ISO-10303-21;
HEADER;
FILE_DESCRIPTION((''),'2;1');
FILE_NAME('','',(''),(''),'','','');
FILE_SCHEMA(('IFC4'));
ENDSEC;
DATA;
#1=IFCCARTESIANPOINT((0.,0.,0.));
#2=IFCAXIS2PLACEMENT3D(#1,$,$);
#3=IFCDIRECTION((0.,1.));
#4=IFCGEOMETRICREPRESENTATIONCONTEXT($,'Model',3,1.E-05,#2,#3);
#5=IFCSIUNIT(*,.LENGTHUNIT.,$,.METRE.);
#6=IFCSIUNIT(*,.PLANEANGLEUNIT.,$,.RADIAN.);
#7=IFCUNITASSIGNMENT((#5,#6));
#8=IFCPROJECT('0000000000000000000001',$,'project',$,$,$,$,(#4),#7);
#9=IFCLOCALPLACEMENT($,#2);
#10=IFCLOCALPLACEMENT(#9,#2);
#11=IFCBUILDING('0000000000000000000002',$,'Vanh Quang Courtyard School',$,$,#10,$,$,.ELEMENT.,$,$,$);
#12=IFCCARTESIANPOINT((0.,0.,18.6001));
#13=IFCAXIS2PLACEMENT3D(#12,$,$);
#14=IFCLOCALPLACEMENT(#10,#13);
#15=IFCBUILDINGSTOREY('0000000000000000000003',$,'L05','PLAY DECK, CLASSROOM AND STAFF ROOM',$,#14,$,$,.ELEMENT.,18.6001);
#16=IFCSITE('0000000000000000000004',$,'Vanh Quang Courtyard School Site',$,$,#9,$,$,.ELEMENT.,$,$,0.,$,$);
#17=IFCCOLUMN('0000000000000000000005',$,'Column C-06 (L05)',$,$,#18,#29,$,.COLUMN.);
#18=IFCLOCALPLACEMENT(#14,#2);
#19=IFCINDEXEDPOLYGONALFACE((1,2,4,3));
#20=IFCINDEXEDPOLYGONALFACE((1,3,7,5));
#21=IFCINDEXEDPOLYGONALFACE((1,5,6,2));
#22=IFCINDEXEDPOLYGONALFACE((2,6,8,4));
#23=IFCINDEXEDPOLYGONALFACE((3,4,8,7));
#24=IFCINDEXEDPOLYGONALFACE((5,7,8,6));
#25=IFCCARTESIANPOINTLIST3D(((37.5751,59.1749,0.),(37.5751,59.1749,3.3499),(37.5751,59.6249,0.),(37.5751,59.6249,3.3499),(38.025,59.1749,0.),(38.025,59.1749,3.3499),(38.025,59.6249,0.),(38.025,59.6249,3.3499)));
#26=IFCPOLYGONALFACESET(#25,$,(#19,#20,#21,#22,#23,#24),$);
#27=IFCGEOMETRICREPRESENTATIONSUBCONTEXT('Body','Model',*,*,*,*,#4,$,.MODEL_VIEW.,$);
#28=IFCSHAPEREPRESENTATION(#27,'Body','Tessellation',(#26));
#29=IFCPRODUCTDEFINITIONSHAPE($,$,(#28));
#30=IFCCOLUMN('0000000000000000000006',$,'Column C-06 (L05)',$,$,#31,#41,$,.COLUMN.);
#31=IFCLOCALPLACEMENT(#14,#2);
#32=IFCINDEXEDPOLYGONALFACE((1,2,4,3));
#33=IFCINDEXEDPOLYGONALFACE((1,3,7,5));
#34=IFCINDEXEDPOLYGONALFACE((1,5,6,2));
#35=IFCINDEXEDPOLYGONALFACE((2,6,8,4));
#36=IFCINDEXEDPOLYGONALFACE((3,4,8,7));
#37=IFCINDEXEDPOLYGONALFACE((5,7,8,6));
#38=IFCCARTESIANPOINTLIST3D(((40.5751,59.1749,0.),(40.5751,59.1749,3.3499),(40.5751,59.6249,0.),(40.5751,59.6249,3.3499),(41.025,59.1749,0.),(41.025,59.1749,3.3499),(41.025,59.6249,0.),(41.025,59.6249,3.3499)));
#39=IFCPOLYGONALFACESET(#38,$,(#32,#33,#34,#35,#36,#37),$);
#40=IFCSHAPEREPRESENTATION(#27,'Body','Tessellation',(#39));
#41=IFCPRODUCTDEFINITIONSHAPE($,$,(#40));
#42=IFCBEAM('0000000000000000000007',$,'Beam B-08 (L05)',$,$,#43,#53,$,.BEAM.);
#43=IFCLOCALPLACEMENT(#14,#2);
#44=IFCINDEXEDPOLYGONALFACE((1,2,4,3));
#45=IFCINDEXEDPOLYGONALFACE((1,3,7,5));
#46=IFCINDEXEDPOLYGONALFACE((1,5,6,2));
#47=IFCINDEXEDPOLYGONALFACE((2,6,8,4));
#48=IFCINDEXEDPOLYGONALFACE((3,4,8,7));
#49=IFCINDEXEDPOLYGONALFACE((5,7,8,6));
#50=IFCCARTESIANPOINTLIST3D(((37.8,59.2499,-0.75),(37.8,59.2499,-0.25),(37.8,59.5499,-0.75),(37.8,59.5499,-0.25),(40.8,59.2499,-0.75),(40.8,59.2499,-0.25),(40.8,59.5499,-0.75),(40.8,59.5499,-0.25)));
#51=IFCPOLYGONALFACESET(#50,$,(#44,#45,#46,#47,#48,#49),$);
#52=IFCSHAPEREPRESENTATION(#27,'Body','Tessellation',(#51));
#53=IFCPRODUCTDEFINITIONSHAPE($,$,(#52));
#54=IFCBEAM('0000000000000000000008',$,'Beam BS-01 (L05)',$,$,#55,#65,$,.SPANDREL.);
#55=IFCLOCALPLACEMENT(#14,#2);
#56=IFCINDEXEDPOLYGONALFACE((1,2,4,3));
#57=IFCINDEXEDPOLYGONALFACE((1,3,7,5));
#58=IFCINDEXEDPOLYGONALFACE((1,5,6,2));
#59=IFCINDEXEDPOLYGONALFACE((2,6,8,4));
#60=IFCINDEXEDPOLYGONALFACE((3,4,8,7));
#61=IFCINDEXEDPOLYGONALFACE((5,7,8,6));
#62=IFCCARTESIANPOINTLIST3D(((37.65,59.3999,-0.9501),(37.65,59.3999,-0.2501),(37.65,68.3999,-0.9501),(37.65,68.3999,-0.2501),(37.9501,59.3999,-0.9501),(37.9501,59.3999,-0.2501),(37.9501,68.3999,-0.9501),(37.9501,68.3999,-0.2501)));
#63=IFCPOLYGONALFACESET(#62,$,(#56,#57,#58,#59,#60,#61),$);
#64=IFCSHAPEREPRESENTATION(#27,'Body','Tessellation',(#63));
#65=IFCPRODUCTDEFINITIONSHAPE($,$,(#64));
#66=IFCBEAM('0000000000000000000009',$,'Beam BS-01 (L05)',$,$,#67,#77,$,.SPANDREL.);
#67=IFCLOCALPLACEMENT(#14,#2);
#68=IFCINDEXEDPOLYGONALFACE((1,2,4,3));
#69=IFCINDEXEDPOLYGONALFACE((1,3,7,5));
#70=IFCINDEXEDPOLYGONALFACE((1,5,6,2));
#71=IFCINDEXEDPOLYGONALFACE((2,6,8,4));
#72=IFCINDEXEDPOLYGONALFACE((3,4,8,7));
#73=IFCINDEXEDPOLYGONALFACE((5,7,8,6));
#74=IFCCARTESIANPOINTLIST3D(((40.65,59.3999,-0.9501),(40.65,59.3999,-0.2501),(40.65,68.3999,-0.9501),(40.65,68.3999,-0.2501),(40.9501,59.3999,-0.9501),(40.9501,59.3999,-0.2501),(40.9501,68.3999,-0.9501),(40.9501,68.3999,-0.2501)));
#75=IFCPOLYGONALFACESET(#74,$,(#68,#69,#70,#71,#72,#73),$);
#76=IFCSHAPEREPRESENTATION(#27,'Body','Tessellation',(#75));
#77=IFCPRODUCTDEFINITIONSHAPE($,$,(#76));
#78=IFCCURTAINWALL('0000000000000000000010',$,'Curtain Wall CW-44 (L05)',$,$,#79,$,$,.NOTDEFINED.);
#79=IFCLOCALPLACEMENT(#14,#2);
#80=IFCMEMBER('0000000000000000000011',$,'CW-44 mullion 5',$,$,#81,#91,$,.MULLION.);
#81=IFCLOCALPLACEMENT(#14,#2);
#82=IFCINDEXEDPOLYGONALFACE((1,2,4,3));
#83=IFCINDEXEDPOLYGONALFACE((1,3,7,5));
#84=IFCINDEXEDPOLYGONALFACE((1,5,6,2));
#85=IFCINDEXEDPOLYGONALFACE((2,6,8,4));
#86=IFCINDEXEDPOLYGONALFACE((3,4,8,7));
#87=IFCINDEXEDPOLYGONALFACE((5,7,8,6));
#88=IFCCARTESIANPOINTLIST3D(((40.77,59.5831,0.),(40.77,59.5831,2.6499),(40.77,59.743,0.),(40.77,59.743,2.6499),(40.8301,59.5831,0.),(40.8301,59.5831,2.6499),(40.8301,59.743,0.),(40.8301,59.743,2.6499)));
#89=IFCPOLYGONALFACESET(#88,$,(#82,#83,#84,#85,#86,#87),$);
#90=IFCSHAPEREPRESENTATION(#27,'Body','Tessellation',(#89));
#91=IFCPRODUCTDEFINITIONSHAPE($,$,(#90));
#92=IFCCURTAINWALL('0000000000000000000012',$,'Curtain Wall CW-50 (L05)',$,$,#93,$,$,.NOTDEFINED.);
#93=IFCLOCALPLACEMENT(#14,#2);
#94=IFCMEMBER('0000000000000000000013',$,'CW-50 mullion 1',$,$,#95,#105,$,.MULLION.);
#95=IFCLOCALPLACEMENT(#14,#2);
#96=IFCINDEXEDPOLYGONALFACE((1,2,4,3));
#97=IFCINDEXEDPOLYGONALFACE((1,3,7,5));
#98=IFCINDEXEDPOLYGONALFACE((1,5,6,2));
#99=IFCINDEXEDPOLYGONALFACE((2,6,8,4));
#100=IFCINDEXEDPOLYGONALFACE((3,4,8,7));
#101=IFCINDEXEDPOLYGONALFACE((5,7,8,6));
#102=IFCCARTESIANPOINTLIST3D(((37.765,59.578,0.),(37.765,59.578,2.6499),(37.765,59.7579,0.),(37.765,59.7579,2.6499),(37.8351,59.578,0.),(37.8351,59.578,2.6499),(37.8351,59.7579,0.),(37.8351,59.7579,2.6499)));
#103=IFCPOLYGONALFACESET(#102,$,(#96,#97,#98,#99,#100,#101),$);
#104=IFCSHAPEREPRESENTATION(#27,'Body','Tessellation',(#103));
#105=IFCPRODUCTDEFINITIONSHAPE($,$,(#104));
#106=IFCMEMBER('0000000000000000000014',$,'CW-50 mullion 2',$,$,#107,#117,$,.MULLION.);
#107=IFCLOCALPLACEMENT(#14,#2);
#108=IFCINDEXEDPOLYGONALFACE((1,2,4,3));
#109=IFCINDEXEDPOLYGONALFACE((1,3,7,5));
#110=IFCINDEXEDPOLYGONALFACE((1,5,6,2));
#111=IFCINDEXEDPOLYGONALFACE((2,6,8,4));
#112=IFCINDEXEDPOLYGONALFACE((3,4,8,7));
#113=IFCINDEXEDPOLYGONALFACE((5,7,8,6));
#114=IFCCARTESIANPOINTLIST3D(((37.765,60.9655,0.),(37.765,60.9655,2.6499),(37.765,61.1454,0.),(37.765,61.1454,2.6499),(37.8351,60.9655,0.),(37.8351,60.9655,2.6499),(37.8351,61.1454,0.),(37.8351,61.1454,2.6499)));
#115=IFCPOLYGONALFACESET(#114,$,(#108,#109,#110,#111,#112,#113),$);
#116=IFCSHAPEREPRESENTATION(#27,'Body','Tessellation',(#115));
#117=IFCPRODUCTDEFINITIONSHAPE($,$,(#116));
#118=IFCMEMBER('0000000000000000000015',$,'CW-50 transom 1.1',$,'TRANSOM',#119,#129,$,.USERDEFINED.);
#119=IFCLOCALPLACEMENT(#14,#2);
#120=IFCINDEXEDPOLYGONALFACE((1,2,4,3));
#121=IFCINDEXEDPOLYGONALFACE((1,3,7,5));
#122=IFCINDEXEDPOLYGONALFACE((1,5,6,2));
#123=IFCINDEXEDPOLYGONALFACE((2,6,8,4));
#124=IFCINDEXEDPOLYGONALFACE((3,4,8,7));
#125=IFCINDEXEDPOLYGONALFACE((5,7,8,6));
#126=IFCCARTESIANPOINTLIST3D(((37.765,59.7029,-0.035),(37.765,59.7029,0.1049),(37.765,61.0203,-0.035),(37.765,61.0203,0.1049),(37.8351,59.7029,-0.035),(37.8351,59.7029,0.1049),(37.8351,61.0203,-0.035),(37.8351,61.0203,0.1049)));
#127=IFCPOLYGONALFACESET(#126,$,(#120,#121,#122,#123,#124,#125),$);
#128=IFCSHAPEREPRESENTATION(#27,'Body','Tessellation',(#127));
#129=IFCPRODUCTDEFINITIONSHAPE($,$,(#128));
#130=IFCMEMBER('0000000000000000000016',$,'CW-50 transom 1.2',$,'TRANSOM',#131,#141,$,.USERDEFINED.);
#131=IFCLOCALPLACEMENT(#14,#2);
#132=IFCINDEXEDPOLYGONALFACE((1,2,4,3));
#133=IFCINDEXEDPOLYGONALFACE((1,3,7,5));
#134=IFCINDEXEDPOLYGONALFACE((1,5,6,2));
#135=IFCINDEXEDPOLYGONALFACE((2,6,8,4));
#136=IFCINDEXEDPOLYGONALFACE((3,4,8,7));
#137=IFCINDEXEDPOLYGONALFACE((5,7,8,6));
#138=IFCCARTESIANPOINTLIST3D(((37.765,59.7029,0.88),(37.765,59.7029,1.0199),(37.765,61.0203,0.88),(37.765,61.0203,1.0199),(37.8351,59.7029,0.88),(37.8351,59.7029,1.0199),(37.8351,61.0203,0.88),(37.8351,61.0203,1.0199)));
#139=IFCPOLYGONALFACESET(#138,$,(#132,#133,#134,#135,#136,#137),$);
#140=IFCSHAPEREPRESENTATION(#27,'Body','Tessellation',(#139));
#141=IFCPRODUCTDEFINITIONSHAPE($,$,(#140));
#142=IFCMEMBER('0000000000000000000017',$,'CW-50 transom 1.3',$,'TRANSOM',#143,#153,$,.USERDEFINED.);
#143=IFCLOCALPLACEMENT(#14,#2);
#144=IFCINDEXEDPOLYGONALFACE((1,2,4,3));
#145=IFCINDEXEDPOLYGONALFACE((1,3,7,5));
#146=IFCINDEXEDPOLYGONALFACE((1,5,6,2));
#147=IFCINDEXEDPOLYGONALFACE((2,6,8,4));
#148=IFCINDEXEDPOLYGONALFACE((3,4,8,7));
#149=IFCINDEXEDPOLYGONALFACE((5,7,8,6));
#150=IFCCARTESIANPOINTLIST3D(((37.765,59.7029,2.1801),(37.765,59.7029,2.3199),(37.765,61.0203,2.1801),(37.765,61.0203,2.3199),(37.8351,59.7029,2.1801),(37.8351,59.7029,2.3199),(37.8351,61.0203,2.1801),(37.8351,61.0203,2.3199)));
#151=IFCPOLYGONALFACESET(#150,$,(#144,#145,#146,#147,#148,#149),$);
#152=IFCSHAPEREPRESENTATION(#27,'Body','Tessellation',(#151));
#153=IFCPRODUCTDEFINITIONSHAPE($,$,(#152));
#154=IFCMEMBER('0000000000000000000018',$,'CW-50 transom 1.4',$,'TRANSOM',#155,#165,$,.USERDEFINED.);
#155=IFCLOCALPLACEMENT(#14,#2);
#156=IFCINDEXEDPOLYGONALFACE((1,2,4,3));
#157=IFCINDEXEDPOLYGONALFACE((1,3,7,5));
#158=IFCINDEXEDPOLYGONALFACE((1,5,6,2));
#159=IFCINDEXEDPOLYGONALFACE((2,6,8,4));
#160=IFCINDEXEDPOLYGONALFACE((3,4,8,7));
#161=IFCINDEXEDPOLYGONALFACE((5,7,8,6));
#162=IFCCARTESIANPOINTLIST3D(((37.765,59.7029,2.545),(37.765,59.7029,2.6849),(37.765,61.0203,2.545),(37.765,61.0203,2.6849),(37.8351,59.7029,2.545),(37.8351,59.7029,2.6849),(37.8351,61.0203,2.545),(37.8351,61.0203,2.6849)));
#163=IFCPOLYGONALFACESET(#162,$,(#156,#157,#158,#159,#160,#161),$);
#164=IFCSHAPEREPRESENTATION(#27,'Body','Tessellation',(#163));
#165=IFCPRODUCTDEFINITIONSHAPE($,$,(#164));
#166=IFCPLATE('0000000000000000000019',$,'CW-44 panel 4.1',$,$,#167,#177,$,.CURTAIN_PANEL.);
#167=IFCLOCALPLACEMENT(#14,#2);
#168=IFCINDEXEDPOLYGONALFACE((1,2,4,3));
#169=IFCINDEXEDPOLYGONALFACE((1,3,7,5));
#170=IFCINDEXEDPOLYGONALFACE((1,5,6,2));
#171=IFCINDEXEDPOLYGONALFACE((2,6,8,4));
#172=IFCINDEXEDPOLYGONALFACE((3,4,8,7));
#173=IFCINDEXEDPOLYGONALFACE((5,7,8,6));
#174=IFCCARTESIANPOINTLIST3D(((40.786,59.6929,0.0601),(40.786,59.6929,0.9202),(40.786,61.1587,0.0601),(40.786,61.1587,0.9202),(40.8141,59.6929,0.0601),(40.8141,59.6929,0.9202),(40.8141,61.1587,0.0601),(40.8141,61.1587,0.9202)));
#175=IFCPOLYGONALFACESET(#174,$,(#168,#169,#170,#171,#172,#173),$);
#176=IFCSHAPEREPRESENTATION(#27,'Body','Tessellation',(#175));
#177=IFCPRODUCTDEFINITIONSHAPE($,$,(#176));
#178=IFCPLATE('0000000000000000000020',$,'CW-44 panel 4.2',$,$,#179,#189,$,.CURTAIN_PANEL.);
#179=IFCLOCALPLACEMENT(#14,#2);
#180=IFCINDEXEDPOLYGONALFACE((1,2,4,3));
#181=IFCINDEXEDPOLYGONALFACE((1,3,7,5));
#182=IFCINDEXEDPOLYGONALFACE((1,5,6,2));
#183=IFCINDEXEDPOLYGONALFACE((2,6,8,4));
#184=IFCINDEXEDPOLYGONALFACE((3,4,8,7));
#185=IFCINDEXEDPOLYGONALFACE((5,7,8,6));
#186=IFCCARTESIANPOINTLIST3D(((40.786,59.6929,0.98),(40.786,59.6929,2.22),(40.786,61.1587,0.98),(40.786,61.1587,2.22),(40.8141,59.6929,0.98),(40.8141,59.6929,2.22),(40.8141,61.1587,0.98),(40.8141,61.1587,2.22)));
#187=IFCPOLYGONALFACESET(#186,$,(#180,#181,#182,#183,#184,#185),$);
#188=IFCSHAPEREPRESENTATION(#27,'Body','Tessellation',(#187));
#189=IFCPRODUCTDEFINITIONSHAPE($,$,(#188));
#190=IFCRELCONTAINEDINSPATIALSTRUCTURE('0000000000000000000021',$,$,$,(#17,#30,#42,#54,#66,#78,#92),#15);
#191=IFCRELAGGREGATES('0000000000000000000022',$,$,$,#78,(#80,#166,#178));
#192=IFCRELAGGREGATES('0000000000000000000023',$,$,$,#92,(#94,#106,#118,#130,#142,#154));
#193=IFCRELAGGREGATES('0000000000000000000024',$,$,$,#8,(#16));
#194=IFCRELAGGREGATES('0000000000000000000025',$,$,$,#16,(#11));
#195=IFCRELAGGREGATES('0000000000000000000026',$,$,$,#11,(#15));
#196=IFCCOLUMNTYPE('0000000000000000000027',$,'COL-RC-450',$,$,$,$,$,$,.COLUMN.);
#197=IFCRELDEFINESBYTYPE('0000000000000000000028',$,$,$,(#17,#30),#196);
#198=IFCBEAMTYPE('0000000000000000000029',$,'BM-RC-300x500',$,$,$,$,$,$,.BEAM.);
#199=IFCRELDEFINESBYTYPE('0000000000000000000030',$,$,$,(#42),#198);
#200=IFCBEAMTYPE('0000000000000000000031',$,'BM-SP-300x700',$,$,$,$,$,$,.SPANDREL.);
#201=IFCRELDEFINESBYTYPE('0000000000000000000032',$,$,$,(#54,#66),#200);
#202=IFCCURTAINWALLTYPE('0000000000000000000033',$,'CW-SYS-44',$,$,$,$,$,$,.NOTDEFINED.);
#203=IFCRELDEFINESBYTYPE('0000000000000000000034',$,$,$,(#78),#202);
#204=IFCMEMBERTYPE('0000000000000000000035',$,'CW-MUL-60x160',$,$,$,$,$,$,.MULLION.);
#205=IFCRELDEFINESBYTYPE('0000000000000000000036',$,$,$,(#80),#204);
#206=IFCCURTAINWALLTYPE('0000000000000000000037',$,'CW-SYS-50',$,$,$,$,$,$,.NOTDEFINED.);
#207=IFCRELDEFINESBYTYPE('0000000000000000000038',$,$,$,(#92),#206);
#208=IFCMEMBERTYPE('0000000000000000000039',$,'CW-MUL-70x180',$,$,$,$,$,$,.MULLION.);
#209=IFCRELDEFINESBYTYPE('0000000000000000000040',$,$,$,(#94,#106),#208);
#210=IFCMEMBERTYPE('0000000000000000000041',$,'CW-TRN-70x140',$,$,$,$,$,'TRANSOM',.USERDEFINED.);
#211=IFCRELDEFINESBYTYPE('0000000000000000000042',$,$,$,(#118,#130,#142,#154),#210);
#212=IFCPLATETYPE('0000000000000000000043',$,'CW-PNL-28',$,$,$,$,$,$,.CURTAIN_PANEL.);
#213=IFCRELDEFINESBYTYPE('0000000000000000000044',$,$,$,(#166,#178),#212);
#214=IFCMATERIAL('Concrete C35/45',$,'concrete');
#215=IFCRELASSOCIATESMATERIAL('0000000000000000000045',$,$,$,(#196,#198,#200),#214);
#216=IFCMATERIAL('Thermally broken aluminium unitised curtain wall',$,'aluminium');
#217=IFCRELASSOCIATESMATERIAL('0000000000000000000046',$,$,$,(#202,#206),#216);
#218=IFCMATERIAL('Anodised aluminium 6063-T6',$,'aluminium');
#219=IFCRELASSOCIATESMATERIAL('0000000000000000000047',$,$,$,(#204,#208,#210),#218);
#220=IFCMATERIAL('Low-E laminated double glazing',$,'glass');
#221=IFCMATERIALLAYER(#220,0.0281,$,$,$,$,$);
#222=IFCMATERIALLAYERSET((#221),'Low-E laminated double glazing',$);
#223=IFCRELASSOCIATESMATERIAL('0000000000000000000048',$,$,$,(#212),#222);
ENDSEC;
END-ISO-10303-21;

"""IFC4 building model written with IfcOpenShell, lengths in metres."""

from ifc_helpers import new_model, si_unit, direction, frame, origin, origin_2d, place, context, subcontext, project, spatial, rectangle, extrude, material, layer, layer_set, material_profile, profile_set, type_object, element, aggregate, save


model = new_model("IFC4")

# Units and contexts
model_context = context("Model", 3, precision=1e-05, world=origin(), true_north=direction((0.0, 1.0)))
body_context = subcontext(model_context, "Body", "Model", "MODEL_VIEW")
ifc_project = project(units=[si_unit("LENGTHUNIT", "METRE"), si_unit("PLANEANGLEUNIT", "RADIAN")], contexts=[model_context])

# Site, building, storey
site_placement = place(None, origin())
site = spatial("IfcSite", under=ifc_project, at=site_placement, Name="Vanh Quang Courtyard School Site", CompositionType="ELEMENT", RefElevation=0.0)
building_placement = place(site_placement, origin())
building = spatial("IfcBuilding", under=site, at=building_placement, Name="Vanh Quang Courtyard School", CompositionType="ELEMENT")
storey_placement = place(building_placement, frame((0.0, 0.0, 18.6001)))
storey = spatial("IfcBuildingStorey", under=building, at=storey_placement, Name="L05", Description="PLAY DECK, CLASSROOM AND STAFF ROOM", CompositionType="ELEMENT", Elevation=18.6001)

# Columns
ifc_material_1 = material(Name="Concrete C35/45", Category="concrete")
ifc_material_profile_1 = material_profile(ifc_material_1, rectangle(XDim=0.45, YDim=0.45, at=origin_2d()), Name="RC-COL 450x450")
ifc_profile_set_1 = profile_set([ifc_material_profile_1], Name="Concrete C35/45")
column_type = type_object("IfcColumnType", Name="COL-RC-450", PredefinedType="COLUMN", material=ifc_profile_set_1)
for number, where, z_axis, x_axis, name in (
    (1, (37.8, 59.3999, 0.0), (0.0, 0.0, 1.0), (1.0, 0.0, 0.0), "Column C-06 (L05)"),
    (2, (40.8, 59.3999, 0.0), (0.0, 0.0, 1.0), (1.0, 0.0, 0.0), "Column C-06 (L05)"),
):
    element("IfcColumn", number, at=place(storey_placement, frame(where, z_axis=z_axis, x_axis=x_axis)), inside=storey, type_object=column_type, Name=name, PredefinedType="COLUMN", context=body_context, shape_type="SweptSolid", body=[
        extrude(rectangle(XDim=0.45, YDim=0.45, at=origin_2d()), origin(), (0.0, 0.0, 1.0), 3.3499),
    ])

# Beams
ifc_material_profile_2 = material_profile(ifc_material_1, rectangle(XDim=0.3, YDim=0.5, at=origin_2d()), Name="RC-BM 300x500")
ifc_profile_set_2 = profile_set([ifc_material_profile_2], Name="Concrete C35/45")
beam_type_1 = type_object("IfcBeamType", Name="BM-RC-300x500", PredefinedType="BEAM", material=ifc_profile_set_2)
beam_placement = place(storey_placement, frame((37.8, 59.3999, -0.5), z_axis=(1.0, 0.0, 0.0), x_axis=(0.0, 1.0, 0.0)))
element("IfcBeam", 3, at=beam_placement, inside=storey, type_object=beam_type_1, Name="Beam B-08 (L05)", PredefinedType="BEAM", context=body_context, shape_type="SweptSolid", body=[
    extrude(rectangle(XDim=0.3, YDim=0.5, at=origin_2d()), origin(), (0.0, 0.0, 1.0), 3.0),
])
ifc_material_profile_3 = material_profile(ifc_material_1, rectangle(XDim=0.3, YDim=0.7, at=origin_2d()), Name="RC-SP 300x700")
ifc_profile_set_3 = profile_set([ifc_material_profile_3], Name="Concrete C35/45")
beam_type_2 = type_object("IfcBeamType", Name="BM-SP-300x700", PredefinedType="SPANDREL", material=ifc_profile_set_3)
for number, where, z_axis, x_axis, name in (
    (4, (37.8, 59.3999, -0.6001), (0.0, 1.0, 0.0), (-1.0, 0.0, 0.0), "Beam BS-01 (L05)"),
    (5, (40.8, 59.3999, -0.6001), (0.0, 1.0, 0.0), (-1.0, 0.0, 0.0), "Beam BS-01 (L05)"),
):
    element("IfcBeam", number, at=place(storey_placement, frame(where, z_axis=z_axis, x_axis=x_axis)), inside=storey, type_object=beam_type_2, Name=name, PredefinedType="SPANDREL", context=body_context, shape_type="SweptSolid", body=[
        extrude(rectangle(XDim=0.3, YDim=0.7, at=origin_2d()), origin(), (0.0, 0.0, 1.0), 9.0),
    ])

# Curtain wall, member
ifc_material_2 = material(Name="Thermally broken aluminium unitised curtain wall", Category="aluminium")
curtain_wall_type_1 = type_object("IfcCurtainWallType", Name="CW-SYS-44", PredefinedType="NOTDEFINED", material=ifc_material_2)
curtain_wall_1_placement = place(storey_placement, origin())
curtain_wall_1 = element("IfcCurtainWall", 6, at=curtain_wall_1_placement, inside=storey, type_object=curtain_wall_type_1, Name="Curtain Wall CW-44 (L05)", PredefinedType="NOTDEFINED")
ifc_material_3 = material(Name="Anodised aluminium 6063-T6", Category="aluminium")
ifc_material_profile_4 = material_profile(ifc_material_3, rectangle(XDim=0.0601, YDim=0.1599, at=origin_2d()), Name="ALU-MUL 60x160")
ifc_profile_set_4 = profile_set([ifc_material_profile_4], Name="Anodised aluminium 6063-T6")
member_type_1 = type_object("IfcMemberType", Name="CW-MUL-60x160", PredefinedType="MULLION", material=ifc_profile_set_4)
member_1_placement = place(storey_placement, frame((40.8, 59.6631, 0.0), z_axis=(0.0, 0.0, 1.0), x_axis=(1.0, 0.0, 0.0)))
member_1 = element("IfcMember", 7, at=member_1_placement, type_object=member_type_1, Name="CW-44 mullion 5", PredefinedType="MULLION", context=body_context, shape_type="SweptSolid", body=[
    extrude(rectangle(XDim=0.0601, YDim=0.1599, at=origin_2d()), origin(), (0.0, 0.0, 1.0), 2.6499),
])

# Curtain wall, members
curtain_wall_type_2 = type_object("IfcCurtainWallType", Name="CW-SYS-50", PredefinedType="NOTDEFINED", material=ifc_material_2)
curtain_wall_2_placement = place(storey_placement, origin())
curtain_wall_2 = element("IfcCurtainWall", 8, at=curtain_wall_2_placement, inside=storey, type_object=curtain_wall_type_2, Name="Curtain Wall CW-50 (L05)", PredefinedType="NOTDEFINED")
ifc_material_profile_5 = material_profile(ifc_material_3, rectangle(XDim=0.0701, YDim=0.1799, at=origin_2d()), Name="ALU-MUL 70x180")
ifc_profile_set_5 = profile_set([ifc_material_profile_5], Name="Anodised aluminium 6063-T6")
member_type_2 = type_object("IfcMemberType", Name="CW-MUL-70x180", PredefinedType="MULLION", material=ifc_profile_set_5)
member_2_placement = place(storey_placement, frame((37.8, 59.668, 0.0), z_axis=(0.0, 0.0, 1.0), x_axis=(-1.0, 0.0, 0.0)))
member_2 = element("IfcMember", 9, at=member_2_placement, type_object=member_type_2, Name="CW-50 mullion 1", PredefinedType="MULLION", context=body_context, shape_type="SweptSolid", body=[
    extrude(rectangle(XDim=0.0701, YDim=0.1799, at=origin_2d()), origin(), (0.0, 0.0, 1.0), 2.6499),
])
member_3_placement = place(storey_placement, frame((37.8, 61.0554, 0.0), z_axis=(0.0, 0.0, 1.0), x_axis=(-1.0, 0.0, 0.0)))
member_3 = element("IfcMember", 10, at=member_3_placement, type_object=member_type_2, Name="CW-50 mullion 2", PredefinedType="MULLION", context=body_context, shape_type="SweptSolid", body=[
    extrude(rectangle(XDim=0.0701, YDim=0.1799, at=origin_2d()), origin(), (0.0, 0.0, 1.0), 2.6499),
])
ifc_material_profile_6 = material_profile(ifc_material_3, rectangle(XDim=0.0701, YDim=0.1399, at=origin_2d()), Name="ALU-TRN 70x140")
ifc_profile_set_6 = profile_set([ifc_material_profile_6], Name="Anodised aluminium 6063-T6")
member_type_3 = type_object("IfcMemberType", Name="CW-TRN-70x140", ElementType="TRANSOM", PredefinedType="USERDEFINED", material=ifc_profile_set_6)
member_4_placement = place(storey_placement, frame((37.8, 59.7029, 0.0349), z_axis=(0.0, 1.0, 0.0), x_axis=(-1.0, 0.0, 0.0)))
member_4 = element("IfcMember", 11, at=member_4_placement, type_object=member_type_3, Name="CW-50 transom 1.1", ObjectType="TRANSOM", PredefinedType="USERDEFINED", context=body_context, shape_type="SweptSolid", body=[
    extrude(rectangle(XDim=0.0701, YDim=0.1399, at=origin_2d()), origin(), (0.0, 0.0, 1.0), 1.3174),
])
member_5_placement = place(storey_placement, frame((37.8, 59.7029, 0.95), z_axis=(0.0, 1.0, 0.0), x_axis=(-1.0, 0.0, 0.0)))
member_5 = element("IfcMember", 12, at=member_5_placement, type_object=member_type_3, Name="CW-50 transom 1.2", ObjectType="TRANSOM", PredefinedType="USERDEFINED", context=body_context, shape_type="SweptSolid", body=[
    extrude(rectangle(XDim=0.0701, YDim=0.1399, at=origin_2d()), origin(), (0.0, 0.0, 1.0), 1.3174),
])
member_6_placement = place(storey_placement, frame((37.8, 59.7029, 2.25), z_axis=(0.0, 1.0, 0.0), x_axis=(-1.0, 0.0, 0.0)))
member_6 = element("IfcMember", 13, at=member_6_placement, type_object=member_type_3, Name="CW-50 transom 1.3", ObjectType="TRANSOM", PredefinedType="USERDEFINED", context=body_context, shape_type="SweptSolid", body=[
    extrude(rectangle(XDim=0.0701, YDim=0.1399, at=origin_2d()), origin(), (0.0, 0.0, 1.0), 1.3174),
])
member_7_placement = place(storey_placement, frame((37.8, 59.7029, 2.615), z_axis=(0.0, 1.0, 0.0), x_axis=(-1.0, 0.0, 0.0)))
member_7 = element("IfcMember", 14, at=member_7_placement, type_object=member_type_3, Name="CW-50 transom 1.4", ObjectType="TRANSOM", PredefinedType="USERDEFINED", context=body_context, shape_type="SweptSolid", body=[
    extrude(rectangle(XDim=0.0701, YDim=0.1399, at=origin_2d()), origin(), (0.0, 0.0, 1.0), 1.3174),
])

# Plates
ifc_material_4 = material(Name="Low-E laminated double glazing", Category="glass")
ifc_layer_1 = layer(ifc_material_4, 0.0281)
ifc_layer_set_1 = layer_set([ifc_layer_1], Name="Low-E laminated double glazing")
plate_type_1 = type_object("IfcPlateType", Name="CW-PNL-28", PredefinedType="CURTAIN_PANEL", material=ifc_layer_set_1)
plate_1_placement = place(storey_placement, frame((40.8, 60.4258, 0.0601), z_axis=(0.0, 0.0, 1.0), x_axis=(0.0, -1.0, 0.0)))
plate_1 = element("IfcPlate", 15, at=plate_1_placement, type_object=plate_type_1, Name="CW-44 panel 4.1", PredefinedType="CURTAIN_PANEL", context=body_context, shape_type="SweptSolid", body=[
    extrude(rectangle(XDim=1.4658, YDim=0.0281, at=origin_2d()), origin(), (0.0, 0.0, 1.0), 0.8601),
])
plate_2_placement = place(storey_placement, frame((40.8, 60.4258, 0.98), z_axis=(0.0, 0.0, 1.0), x_axis=(0.0, -1.0, 0.0)))
plate_2 = element("IfcPlate", 16, at=plate_2_placement, type_object=plate_type_1, Name="CW-44 panel 4.2", PredefinedType="CURTAIN_PANEL", context=body_context, shape_type="SweptSolid", body=[
    extrude(rectangle(XDim=1.4658, YDim=0.0281, at=origin_2d()), origin(), (0.0, 0.0, 1.0), 1.24),
])
aggregate(curtain_wall_1, [member_1, plate_1, plate_2])
aggregate(curtain_wall_2, [member_2, member_3, member_4, member_5, member_6, member_7])

save(model, "model.ifc")
